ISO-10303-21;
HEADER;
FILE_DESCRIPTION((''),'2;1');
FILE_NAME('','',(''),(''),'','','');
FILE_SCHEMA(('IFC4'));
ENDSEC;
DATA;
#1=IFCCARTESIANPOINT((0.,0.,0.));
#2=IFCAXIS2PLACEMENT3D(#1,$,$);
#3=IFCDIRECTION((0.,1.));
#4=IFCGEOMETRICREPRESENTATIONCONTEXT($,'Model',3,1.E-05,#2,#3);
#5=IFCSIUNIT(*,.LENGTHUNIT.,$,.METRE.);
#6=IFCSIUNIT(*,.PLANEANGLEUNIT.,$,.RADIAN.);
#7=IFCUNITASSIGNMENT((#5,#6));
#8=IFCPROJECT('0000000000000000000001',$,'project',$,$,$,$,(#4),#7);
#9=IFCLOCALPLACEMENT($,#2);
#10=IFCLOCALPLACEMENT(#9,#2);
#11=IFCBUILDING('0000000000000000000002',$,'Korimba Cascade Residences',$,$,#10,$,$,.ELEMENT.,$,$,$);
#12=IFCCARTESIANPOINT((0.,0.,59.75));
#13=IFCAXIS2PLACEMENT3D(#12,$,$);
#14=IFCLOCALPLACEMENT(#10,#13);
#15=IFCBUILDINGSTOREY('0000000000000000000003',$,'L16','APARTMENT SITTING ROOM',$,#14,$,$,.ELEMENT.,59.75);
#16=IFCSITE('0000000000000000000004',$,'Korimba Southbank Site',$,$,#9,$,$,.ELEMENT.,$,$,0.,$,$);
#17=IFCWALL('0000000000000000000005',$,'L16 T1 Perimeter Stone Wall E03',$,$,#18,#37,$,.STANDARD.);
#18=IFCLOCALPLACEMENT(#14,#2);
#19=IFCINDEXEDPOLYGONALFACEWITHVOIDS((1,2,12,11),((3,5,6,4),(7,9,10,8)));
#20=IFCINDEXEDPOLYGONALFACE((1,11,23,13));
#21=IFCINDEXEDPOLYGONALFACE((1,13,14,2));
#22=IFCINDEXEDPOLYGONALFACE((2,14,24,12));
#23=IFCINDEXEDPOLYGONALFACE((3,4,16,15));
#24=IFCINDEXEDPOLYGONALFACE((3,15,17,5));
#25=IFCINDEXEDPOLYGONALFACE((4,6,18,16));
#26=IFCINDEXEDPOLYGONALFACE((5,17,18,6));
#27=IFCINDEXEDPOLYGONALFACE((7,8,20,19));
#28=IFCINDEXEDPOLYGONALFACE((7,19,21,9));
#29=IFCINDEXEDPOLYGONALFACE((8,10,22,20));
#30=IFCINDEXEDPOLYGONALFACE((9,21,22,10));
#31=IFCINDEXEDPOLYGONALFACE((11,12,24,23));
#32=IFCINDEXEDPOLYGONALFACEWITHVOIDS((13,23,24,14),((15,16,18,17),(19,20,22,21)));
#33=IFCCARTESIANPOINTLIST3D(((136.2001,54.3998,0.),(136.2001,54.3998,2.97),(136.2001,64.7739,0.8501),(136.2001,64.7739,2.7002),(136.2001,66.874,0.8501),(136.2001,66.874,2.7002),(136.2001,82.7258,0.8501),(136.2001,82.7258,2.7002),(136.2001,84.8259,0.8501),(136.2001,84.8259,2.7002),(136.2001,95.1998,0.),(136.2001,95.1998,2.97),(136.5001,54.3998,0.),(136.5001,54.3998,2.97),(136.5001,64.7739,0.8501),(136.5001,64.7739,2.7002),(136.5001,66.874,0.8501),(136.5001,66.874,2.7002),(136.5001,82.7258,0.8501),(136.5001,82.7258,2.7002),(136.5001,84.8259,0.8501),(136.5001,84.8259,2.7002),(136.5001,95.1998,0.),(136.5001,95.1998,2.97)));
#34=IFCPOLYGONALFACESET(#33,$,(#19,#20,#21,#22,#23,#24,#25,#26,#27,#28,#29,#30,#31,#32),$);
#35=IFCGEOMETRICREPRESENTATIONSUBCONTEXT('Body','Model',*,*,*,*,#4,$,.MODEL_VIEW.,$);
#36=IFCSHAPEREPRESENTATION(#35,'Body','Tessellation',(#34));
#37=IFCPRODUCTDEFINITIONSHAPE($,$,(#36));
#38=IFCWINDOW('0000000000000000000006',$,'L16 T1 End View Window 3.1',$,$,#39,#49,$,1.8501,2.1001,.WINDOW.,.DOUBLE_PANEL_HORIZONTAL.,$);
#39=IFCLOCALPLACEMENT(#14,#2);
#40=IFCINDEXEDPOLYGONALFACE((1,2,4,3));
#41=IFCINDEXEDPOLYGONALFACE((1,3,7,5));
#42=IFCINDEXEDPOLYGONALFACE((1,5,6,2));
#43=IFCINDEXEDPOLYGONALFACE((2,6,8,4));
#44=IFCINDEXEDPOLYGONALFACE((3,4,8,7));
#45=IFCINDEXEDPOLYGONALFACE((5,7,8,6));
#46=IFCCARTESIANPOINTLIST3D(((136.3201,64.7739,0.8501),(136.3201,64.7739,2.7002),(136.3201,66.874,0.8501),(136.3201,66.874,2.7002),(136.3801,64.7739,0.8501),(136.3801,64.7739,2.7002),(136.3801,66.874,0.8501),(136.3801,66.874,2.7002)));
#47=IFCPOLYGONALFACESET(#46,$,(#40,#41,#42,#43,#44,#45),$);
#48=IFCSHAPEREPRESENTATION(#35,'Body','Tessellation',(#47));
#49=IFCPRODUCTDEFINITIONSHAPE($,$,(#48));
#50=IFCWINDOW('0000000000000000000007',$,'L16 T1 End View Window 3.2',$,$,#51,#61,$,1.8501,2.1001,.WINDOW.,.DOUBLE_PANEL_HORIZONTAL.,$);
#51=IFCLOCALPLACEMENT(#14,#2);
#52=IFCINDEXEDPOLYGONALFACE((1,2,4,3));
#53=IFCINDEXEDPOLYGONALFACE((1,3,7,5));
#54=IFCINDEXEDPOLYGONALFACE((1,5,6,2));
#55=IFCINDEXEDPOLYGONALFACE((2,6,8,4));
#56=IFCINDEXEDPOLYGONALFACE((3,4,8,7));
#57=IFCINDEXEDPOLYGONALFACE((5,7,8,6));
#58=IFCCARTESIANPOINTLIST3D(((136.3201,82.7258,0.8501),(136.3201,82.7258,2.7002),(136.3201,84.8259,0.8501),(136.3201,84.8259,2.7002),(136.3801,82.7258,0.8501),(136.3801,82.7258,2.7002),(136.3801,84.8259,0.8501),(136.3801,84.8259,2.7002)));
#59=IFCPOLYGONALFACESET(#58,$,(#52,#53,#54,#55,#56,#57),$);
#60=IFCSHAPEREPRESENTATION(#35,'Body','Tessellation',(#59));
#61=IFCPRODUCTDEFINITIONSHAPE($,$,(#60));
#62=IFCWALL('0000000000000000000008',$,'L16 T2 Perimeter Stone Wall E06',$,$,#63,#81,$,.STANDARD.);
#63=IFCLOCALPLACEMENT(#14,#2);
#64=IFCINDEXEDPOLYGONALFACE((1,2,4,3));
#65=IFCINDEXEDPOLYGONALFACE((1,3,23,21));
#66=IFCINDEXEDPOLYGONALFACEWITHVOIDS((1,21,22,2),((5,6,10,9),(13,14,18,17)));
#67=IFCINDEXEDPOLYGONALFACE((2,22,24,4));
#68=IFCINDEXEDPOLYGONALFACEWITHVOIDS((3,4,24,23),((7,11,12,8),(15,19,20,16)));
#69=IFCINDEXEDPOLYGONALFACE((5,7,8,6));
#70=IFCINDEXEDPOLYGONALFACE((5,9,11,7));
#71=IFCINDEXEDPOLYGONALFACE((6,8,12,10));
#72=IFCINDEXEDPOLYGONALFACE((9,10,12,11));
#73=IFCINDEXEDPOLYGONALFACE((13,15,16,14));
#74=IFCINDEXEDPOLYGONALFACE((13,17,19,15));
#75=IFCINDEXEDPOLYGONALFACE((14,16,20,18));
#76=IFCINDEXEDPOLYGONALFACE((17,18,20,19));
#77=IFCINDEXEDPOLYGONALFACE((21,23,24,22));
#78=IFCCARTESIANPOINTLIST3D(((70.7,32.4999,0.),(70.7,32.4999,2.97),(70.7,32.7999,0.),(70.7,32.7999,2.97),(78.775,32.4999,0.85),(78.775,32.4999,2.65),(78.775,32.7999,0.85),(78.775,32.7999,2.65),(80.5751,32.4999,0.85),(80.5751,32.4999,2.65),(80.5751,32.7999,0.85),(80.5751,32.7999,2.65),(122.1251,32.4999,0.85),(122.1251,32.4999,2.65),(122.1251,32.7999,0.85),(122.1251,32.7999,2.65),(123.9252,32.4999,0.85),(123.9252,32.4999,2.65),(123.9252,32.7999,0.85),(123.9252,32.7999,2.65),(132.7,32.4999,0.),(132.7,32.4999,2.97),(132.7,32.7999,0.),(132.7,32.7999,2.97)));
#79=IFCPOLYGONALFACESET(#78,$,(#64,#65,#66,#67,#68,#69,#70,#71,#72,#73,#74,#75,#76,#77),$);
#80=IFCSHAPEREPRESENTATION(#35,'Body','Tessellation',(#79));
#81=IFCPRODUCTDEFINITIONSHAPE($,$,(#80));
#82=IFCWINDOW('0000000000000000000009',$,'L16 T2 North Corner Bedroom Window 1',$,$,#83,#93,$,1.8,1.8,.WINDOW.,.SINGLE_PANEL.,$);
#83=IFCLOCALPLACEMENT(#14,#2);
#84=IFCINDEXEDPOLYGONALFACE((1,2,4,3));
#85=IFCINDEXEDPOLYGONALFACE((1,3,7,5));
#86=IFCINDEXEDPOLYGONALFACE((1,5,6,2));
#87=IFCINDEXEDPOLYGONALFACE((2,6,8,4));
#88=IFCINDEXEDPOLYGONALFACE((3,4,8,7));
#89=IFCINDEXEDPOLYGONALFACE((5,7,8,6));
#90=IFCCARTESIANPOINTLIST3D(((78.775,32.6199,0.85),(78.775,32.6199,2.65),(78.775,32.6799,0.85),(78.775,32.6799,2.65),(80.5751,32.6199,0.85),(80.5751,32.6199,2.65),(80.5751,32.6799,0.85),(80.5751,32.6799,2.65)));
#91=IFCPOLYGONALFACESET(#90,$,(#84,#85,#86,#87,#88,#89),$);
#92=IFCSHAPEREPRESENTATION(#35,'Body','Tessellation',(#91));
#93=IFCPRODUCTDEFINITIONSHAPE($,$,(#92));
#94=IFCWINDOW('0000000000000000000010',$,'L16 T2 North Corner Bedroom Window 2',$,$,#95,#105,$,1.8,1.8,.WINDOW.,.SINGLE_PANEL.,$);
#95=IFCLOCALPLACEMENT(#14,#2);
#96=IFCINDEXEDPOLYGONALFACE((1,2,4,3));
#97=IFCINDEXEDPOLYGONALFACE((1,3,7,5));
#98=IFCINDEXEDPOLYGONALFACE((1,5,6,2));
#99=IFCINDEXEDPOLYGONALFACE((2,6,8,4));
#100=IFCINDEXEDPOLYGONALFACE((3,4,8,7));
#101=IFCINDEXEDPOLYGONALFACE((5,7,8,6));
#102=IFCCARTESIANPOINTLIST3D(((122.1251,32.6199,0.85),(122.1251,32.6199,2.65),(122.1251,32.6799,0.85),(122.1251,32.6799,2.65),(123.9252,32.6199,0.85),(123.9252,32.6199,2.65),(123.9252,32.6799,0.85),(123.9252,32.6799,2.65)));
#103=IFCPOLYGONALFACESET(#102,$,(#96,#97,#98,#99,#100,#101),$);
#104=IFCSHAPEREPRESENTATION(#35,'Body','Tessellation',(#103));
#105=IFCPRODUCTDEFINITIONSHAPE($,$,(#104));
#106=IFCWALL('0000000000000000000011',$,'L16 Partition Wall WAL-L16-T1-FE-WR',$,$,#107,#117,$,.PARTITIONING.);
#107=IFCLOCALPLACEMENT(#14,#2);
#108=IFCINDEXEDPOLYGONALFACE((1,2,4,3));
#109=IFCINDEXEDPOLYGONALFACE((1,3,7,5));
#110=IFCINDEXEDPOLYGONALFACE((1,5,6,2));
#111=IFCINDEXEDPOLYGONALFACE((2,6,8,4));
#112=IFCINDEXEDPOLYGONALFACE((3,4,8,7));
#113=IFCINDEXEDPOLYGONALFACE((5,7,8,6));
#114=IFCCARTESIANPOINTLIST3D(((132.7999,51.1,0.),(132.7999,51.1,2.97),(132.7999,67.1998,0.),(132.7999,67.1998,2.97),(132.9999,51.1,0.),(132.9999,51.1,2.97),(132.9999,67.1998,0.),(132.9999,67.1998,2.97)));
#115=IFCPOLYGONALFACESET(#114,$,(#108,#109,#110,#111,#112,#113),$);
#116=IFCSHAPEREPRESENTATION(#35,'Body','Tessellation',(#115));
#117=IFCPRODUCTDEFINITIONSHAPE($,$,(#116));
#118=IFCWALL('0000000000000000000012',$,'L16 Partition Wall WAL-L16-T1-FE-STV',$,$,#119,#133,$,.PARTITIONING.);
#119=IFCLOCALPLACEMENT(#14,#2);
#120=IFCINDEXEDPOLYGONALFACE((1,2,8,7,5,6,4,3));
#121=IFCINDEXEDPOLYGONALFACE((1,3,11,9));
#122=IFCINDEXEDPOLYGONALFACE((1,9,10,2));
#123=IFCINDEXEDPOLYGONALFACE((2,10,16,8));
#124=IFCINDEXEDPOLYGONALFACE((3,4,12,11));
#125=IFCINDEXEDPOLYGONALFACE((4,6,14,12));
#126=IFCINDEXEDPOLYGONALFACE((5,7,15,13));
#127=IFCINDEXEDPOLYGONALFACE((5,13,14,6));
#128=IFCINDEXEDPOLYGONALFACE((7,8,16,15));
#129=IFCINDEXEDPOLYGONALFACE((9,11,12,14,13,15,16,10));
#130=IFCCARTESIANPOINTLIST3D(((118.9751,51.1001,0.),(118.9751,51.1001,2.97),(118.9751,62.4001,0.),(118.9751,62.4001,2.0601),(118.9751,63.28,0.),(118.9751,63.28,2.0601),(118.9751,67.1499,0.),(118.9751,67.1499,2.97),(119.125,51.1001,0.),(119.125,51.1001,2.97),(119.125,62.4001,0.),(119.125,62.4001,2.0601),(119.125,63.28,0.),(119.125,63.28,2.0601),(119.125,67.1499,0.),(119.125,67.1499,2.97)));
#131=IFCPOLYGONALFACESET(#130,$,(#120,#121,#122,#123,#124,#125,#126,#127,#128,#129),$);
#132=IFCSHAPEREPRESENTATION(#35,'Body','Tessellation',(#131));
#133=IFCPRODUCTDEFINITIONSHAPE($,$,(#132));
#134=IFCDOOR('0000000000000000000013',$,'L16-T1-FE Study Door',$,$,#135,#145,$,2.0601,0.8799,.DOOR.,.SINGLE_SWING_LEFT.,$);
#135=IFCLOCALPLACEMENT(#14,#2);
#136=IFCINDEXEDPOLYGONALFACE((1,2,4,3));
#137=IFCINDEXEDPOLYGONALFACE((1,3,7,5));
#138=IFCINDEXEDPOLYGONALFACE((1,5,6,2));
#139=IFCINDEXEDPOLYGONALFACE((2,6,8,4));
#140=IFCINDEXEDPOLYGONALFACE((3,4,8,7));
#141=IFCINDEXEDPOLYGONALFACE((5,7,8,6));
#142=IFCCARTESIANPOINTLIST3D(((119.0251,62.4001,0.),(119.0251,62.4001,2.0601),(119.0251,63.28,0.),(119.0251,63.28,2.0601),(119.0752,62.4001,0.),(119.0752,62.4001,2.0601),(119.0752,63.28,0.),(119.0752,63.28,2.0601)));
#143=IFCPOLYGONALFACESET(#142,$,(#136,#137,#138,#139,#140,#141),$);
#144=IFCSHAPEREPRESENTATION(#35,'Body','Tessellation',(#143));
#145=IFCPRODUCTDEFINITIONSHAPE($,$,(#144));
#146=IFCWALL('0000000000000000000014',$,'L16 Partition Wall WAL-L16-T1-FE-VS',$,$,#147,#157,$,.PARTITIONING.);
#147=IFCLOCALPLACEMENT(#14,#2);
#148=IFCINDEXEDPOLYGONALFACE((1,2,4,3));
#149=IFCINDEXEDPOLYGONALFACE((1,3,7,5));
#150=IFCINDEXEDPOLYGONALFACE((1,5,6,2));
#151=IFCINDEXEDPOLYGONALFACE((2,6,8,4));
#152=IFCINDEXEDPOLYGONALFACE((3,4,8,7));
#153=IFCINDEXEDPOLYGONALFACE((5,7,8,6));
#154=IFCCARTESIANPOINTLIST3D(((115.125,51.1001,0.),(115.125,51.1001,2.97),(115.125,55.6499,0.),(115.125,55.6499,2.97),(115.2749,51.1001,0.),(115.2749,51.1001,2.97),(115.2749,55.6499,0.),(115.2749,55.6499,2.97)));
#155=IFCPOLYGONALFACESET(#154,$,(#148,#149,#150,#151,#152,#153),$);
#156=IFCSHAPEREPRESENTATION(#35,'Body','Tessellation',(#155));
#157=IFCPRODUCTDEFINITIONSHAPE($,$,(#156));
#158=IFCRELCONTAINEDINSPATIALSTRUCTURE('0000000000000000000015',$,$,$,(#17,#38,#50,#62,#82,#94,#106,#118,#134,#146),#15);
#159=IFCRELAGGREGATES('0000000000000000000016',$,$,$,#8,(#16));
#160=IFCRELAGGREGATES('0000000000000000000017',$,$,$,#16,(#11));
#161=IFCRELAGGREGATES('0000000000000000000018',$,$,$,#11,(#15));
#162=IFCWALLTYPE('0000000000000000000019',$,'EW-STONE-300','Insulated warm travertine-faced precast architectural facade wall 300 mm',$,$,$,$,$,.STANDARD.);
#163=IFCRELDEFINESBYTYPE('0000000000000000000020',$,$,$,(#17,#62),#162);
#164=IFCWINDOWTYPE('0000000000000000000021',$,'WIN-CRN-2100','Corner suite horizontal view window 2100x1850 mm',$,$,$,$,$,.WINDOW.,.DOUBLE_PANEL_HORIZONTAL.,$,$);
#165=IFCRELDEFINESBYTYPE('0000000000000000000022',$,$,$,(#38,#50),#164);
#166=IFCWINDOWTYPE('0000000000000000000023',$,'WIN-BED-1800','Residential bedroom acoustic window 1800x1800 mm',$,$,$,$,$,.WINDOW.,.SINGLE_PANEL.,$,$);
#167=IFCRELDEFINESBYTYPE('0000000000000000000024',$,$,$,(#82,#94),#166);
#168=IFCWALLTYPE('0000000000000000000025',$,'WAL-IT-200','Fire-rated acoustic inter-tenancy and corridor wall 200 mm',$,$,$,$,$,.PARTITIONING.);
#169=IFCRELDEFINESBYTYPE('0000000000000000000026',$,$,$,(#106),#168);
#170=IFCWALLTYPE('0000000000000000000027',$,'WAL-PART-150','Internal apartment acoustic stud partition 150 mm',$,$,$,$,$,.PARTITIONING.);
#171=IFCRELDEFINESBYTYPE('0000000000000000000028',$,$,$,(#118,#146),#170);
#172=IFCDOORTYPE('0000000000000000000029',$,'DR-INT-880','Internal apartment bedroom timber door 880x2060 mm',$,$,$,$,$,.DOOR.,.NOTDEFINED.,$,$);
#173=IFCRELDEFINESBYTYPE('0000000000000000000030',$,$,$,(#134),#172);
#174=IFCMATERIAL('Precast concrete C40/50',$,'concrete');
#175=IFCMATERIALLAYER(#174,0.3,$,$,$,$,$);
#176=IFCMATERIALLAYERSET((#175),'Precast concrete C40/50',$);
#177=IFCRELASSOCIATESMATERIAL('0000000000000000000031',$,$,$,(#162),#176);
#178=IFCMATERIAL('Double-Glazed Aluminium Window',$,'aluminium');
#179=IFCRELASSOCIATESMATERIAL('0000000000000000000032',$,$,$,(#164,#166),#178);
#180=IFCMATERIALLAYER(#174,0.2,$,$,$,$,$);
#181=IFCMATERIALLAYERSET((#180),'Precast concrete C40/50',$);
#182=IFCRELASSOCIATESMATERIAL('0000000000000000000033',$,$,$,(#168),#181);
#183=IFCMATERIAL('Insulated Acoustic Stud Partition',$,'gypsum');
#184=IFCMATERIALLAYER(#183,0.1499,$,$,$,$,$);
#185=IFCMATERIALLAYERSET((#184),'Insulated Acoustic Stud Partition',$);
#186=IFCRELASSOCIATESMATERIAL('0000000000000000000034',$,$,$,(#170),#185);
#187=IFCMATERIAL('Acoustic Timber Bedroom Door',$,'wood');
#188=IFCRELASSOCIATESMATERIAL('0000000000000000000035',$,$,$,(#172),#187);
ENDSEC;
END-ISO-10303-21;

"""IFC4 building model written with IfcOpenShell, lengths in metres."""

from ifc_helpers import new_model, si_unit, direction, frame, frame_2d, origin, place, context, subcontext, project, spatial, rectangle, extrude, material, layer, layer_set, type_object, element, fill, save


model = new_model("IFC4")

# Units and contexts
model_context = context("Model", 3, precision=1e-05, world=origin(), true_north=direction((0.0, 1.0)))
body_context = subcontext(model_context, "Body", "Model", "MODEL_VIEW")
ifc_project = project(units=[si_unit("LENGTHUNIT", "METRE"), si_unit("PLANEANGLEUNIT", "RADIAN")], contexts=[model_context])

# Site, building, storey
site_placement = place(None, origin())
site = spatial("IfcSite", under=ifc_project, at=site_placement, Name="Korimba Southbank Site", CompositionType="ELEMENT", RefElevation=0.0)
building_placement = place(site_placement, origin())
building = spatial("IfcBuilding", under=site, at=building_placement, Name="Korimba Cascade Residences", CompositionType="ELEMENT")
storey_placement = place(building_placement, frame((0.0, 0.0, 59.75)))
storey = spatial("IfcBuildingStorey", under=building, at=storey_placement, Name="L16", Description="APARTMENT SITTING ROOM", CompositionType="ELEMENT", Elevation=59.75)

# Shared definitions
ifc_material_1 = material(Name="Precast concrete C40/50", Category="concrete")
ifc_layer_1 = layer(ifc_material_1, 0.3)
ifc_layer_set_1 = layer_set([ifc_layer_1], Name="Precast concrete C40/50")
wall_type_1 = type_object("IfcWallType", Name="EW-STONE-300", Description="Insulated warm travertine-faced precast architectural facade wall 300 mm", PredefinedType="STANDARD", material=ifc_layer_set_1)

# Walls, openings, windows
wall_1_placement = place(storey_placement, frame((136.3501, 54.3999, 0.0), z_axis=(0.0, 0.0, 1.0), x_axis=(0.0, 1.0, 0.0)))
wall_1 = element("IfcWall", 1, at=wall_1_placement, inside=storey, type_object=wall_type_1, Name="L16 T1 Perimeter Stone Wall E03", PredefinedType="STANDARD", context=body_context, shape_type="SweptSolid", body=[
    extrude(rectangle(XDim=40.8, YDim=0.3, at=frame_2d((20.3999, 0.0))), origin(), (0.0, 0.0, 1.0), 2.97),
])
opening_1_placement = place(wall_1_placement, frame((10.374, 0.0, 0.8501)))
opening_1 = element("IfcOpeningElement", 2, at=opening_1_placement, cuts=wall_1, PredefinedType="OPENING", context=body_context, shape_type="SweptSolid", body=[
    extrude(rectangle(XDim=2.1001, YDim=1.8501, at=frame_2d((1.05, 0.925))), frame((0.0, 0.1602, 0.0), z_axis=(0.0, -1.0, 0.0), x_axis=(1.0, 0.0, 0.0)), (0.0, 0.0, 1.0), 0.3201),
])
opening_2_placement = place(wall_1_placement, frame((28.3259, 0.0, 0.8501)))
opening_2 = element("IfcOpeningElement", 3, at=opening_2_placement, cuts=wall_1, PredefinedType="OPENING", context=body_context, shape_type="SweptSolid", body=[
    extrude(rectangle(XDim=2.1001, YDim=1.8501, at=frame_2d((1.05, 0.925))), frame((0.0, 0.1602, 0.0), z_axis=(0.0, -1.0, 0.0), x_axis=(1.0, 0.0, 0.0)), (0.0, 0.0, 1.0), 0.3201),
])
ifc_material_2 = material(Name="Double-Glazed Aluminium Window", Category="aluminium")
window_type_1 = type_object("IfcWindowType", Name="WIN-CRN-2100", Description="Corner suite horizontal view window 2100x1850 mm", PartitioningType="DOUBLE_PANEL_HORIZONTAL", PredefinedType="WINDOW", material=ifc_material_2)
window_1_placement = place(opening_1_placement, origin())
window_1 = element("IfcWindow", 4, at=window_1_placement, inside=storey, type_object=window_type_1, Name="L16 T1 End View Window 3.1", OverallHeight=1.8501, OverallWidth=2.1001, PartitioningType="DOUBLE_PANEL_HORIZONTAL", PredefinedType="WINDOW", context=body_context, shape_type="SweptSolid", body=[
    extrude(rectangle(XDim=2.1001, YDim=1.8501, at=frame_2d((1.05, 0.925))), frame((0.0, 0.03, 0.0), z_axis=(0.0, -1.0, 0.0), x_axis=(1.0, 0.0, 0.0)), (0.0, 0.0, 1.0), 0.0601),
])
fill(opening_1, window_1)
window_2_placement = place(opening_2_placement, origin())
window_2 = element("IfcWindow", 5, at=window_2_placement, inside=storey, type_object=window_type_1, Name="L16 T1 End View Window 3.2", OverallHeight=1.8501, OverallWidth=2.1001, PartitioningType="DOUBLE_PANEL_HORIZONTAL", PredefinedType="WINDOW", context=body_context, shape_type="SweptSolid", body=[
    extrude(rectangle(XDim=2.1001, YDim=1.8501, at=frame_2d((1.05, 0.925))), frame((0.0, 0.03, 0.0), z_axis=(0.0, -1.0, 0.0), x_axis=(1.0, 0.0, 0.0)), (0.0, 0.0, 1.0), 0.0601),
])
fill(opening_2, window_2)
wall_2_placement = place(storey_placement, frame((132.7, 32.6499, 0.0), z_axis=(0.0, 0.0, 1.0), x_axis=(-1.0, 0.0, 0.0)))
wall_2 = element("IfcWall", 6, at=wall_2_placement, inside=storey, type_object=wall_type_1, Name="L16 T2 Perimeter Stone Wall E06", PredefinedType="STANDARD", context=body_context, shape_type="SweptSolid", body=[
    extrude(rectangle(XDim=62.0, YDim=0.3, at=frame_2d((31.0, 0.0))), origin(), (0.0, 0.0, 1.0), 2.97),
])
opening_3_placement = place(wall_2_placement, frame((52.125, 0.0, 0.8501)))
opening_3 = element("IfcOpeningElement", 7, at=opening_3_placement, cuts=wall_2, PredefinedType="OPENING", context=body_context, shape_type="SweptSolid", body=[
    extrude(rectangle(XDim=1.8, YDim=1.8, at=frame_2d((0.8999, 0.8999))), frame((0.0, 0.1602, 0.0), z_axis=(0.0, -1.0, 0.0), x_axis=(1.0, 0.0, 0.0)), (0.0, 0.0, 1.0), 0.3201),
])
opening_4_placement = place(wall_2_placement, frame((8.7749, 0.0, 0.8501)))
opening_4 = element("IfcOpeningElement", 8, at=opening_4_placement, cuts=wall_2, PredefinedType="OPENING", context=body_context, shape_type="SweptSolid", body=[
    extrude(rectangle(XDim=1.8, YDim=1.8, at=frame_2d((0.8999, 0.8999))), frame((0.0, 0.1602, 0.0), z_axis=(0.0, -1.0, 0.0), x_axis=(1.0, 0.0, 0.0)), (0.0, 0.0, 1.0), 0.3201),
])
window_type_2 = type_object("IfcWindowType", Name="WIN-BED-1800", Description="Residential bedroom acoustic window 1800x1800 mm", PartitioningType="SINGLE_PANEL", PredefinedType="WINDOW", material=ifc_material_2)
window_3_placement = place(opening_3_placement, origin())
window_3 = element("IfcWindow", 9, at=window_3_placement, inside=storey, type_object=window_type_2, Name="L16 T2 North Corner Bedroom Window 1", OverallHeight=1.8, OverallWidth=1.8, PartitioningType="SINGLE_PANEL", PredefinedType="WINDOW", context=body_context, shape_type="SweptSolid", body=[
    extrude(rectangle(XDim=1.8, YDim=1.8, at=frame_2d((0.8999, 0.8999))), frame((0.0, 0.03, 0.0), z_axis=(0.0, -1.0, 0.0), x_axis=(1.0, 0.0, 0.0)), (0.0, 0.0, 1.0), 0.0601),
])
fill(opening_3, window_3)
window_4_placement = place(opening_4_placement, origin())
window_4 = element("IfcWindow", 10, at=window_4_placement, inside=storey, type_object=window_type_2, Name="L16 T2 North Corner Bedroom Window 2", OverallHeight=1.8, OverallWidth=1.8, PartitioningType="SINGLE_PANEL", PredefinedType="WINDOW", context=body_context, shape_type="SweptSolid", body=[
    extrude(rectangle(XDim=1.8, YDim=1.8, at=frame_2d((0.8999, 0.8999))), frame((0.0, 0.03, 0.0), z_axis=(0.0, -1.0, 0.0), x_axis=(1.0, 0.0, 0.0)), (0.0, 0.0, 1.0), 0.0601),
])
fill(opening_4, window_4)

# Wall
ifc_layer_2 = layer(ifc_material_1, 0.2)
ifc_layer_set_2 = layer_set([ifc_layer_2], Name="Precast concrete C40/50")
wall_type_2 = type_object("IfcWallType", Name="WAL-IT-200", Description="Fire-rated acoustic inter-tenancy and corridor wall 200 mm", PredefinedType="PARTITIONING", material=ifc_layer_set_2)
wall_3_placement = place(storey_placement, frame((132.8999, 51.1001, 0.0), z_axis=(0.0, 0.0, 1.0), x_axis=(0.0, 1.0, 0.0)))
element("IfcWall", 11, at=wall_3_placement, inside=storey, type_object=wall_type_2, Name="L16 Partition Wall WAL-L16-T1-FE-WR", PredefinedType="PARTITIONING", context=body_context, shape_type="SweptSolid", body=[
    extrude(rectangle(XDim=16.0999, YDim=0.2, at=frame_2d((8.0498, 0.0))), origin(), (0.0, 0.0, 1.0), 2.97),
])

# Wall, opening, door
ifc_material_3 = material(Name="Insulated Acoustic Stud Partition", Category="gypsum")
ifc_layer_3 = layer(ifc_material_3, 0.1499)
ifc_layer_set_3 = layer_set([ifc_layer_3], Name="Insulated Acoustic Stud Partition")
wall_type_3 = type_object("IfcWallType", Name="WAL-PART-150", Description="Internal apartment acoustic stud partition 150 mm", PredefinedType="PARTITIONING", material=ifc_layer_set_3)
wall_4_placement = place(storey_placement, frame((119.05, 51.1001, 0.0), z_axis=(0.0, 0.0, 1.0), x_axis=(0.0, 1.0, 0.0)))
wall_4 = element("IfcWall", 12, at=wall_4_placement, inside=storey, type_object=wall_type_3, Name="L16 Partition Wall WAL-L16-T1-FE-STV", PredefinedType="PARTITIONING", context=body_context, shape_type="SweptSolid", body=[
    extrude(rectangle(XDim=16.0498, YDim=0.1499, at=frame_2d((8.0249, 0.0))), origin(), (0.0, 0.0, 1.0), 2.97),
])
opening_5_placement = place(wall_4_placement, frame((11.3, 0.0, 0.0)))
opening_5 = element("IfcOpeningElement", 13, at=opening_5_placement, cuts=wall_4, PredefinedType="OPENING", context=body_context, shape_type="SweptSolid", body=[
    extrude(rectangle(XDim=0.8799, YDim=2.0601, at=frame_2d((0.4399, 1.03))), frame((0.0, 0.085, 0.0), z_axis=(0.0, -1.0, 0.0), x_axis=(1.0, 0.0, 0.0)), (0.0, 0.0, 1.0), 0.1699),
])
ifc_material_4 = material(Name="Acoustic Timber Bedroom Door", Category="wood")
door_type = type_object("IfcDoorType", Name="DR-INT-880", Description="Internal apartment bedroom timber door 880x2060 mm", OperationType="NOTDEFINED", PredefinedType="DOOR", material=ifc_material_4)
door_placement = place(opening_5_placement, origin())
door = element("IfcDoor", 14, at=door_placement, inside=storey, type_object=door_type, Name="L16-T1-FE Study Door", OperationType="SINGLE_SWING_LEFT", OverallHeight=2.0601, OverallWidth=0.8799, PredefinedType="DOOR", context=body_context, shape_type="SweptSolid", body=[
    extrude(rectangle(XDim=0.8799, YDim=2.0601, at=frame_2d((0.4399, 1.03))), frame((0.0, 0.0249, 0.0), z_axis=(0.0, -1.0, 0.0), x_axis=(1.0, 0.0, 0.0)), (0.0, 0.0, 1.0), 0.05),
])
fill(opening_5, door)

# Wall
wall_5_placement = place(storey_placement, frame((115.2, 51.1001, 0.0), z_axis=(0.0, 0.0, 1.0), x_axis=(0.0, 1.0, 0.0)))
element("IfcWall", 15, at=wall_5_placement, inside=storey, type_object=wall_type_3, Name="L16 Partition Wall WAL-L16-T1-FE-VS", PredefinedType="PARTITIONING", context=body_context, shape_type="SweptSolid", body=[
    extrude(rectangle(XDim=4.5498, YDim=0.1499, at=frame_2d((2.2749, 0.0))), origin(), (0.0, 0.0, 1.0), 2.97),
])

save(model, "model.ifc")
